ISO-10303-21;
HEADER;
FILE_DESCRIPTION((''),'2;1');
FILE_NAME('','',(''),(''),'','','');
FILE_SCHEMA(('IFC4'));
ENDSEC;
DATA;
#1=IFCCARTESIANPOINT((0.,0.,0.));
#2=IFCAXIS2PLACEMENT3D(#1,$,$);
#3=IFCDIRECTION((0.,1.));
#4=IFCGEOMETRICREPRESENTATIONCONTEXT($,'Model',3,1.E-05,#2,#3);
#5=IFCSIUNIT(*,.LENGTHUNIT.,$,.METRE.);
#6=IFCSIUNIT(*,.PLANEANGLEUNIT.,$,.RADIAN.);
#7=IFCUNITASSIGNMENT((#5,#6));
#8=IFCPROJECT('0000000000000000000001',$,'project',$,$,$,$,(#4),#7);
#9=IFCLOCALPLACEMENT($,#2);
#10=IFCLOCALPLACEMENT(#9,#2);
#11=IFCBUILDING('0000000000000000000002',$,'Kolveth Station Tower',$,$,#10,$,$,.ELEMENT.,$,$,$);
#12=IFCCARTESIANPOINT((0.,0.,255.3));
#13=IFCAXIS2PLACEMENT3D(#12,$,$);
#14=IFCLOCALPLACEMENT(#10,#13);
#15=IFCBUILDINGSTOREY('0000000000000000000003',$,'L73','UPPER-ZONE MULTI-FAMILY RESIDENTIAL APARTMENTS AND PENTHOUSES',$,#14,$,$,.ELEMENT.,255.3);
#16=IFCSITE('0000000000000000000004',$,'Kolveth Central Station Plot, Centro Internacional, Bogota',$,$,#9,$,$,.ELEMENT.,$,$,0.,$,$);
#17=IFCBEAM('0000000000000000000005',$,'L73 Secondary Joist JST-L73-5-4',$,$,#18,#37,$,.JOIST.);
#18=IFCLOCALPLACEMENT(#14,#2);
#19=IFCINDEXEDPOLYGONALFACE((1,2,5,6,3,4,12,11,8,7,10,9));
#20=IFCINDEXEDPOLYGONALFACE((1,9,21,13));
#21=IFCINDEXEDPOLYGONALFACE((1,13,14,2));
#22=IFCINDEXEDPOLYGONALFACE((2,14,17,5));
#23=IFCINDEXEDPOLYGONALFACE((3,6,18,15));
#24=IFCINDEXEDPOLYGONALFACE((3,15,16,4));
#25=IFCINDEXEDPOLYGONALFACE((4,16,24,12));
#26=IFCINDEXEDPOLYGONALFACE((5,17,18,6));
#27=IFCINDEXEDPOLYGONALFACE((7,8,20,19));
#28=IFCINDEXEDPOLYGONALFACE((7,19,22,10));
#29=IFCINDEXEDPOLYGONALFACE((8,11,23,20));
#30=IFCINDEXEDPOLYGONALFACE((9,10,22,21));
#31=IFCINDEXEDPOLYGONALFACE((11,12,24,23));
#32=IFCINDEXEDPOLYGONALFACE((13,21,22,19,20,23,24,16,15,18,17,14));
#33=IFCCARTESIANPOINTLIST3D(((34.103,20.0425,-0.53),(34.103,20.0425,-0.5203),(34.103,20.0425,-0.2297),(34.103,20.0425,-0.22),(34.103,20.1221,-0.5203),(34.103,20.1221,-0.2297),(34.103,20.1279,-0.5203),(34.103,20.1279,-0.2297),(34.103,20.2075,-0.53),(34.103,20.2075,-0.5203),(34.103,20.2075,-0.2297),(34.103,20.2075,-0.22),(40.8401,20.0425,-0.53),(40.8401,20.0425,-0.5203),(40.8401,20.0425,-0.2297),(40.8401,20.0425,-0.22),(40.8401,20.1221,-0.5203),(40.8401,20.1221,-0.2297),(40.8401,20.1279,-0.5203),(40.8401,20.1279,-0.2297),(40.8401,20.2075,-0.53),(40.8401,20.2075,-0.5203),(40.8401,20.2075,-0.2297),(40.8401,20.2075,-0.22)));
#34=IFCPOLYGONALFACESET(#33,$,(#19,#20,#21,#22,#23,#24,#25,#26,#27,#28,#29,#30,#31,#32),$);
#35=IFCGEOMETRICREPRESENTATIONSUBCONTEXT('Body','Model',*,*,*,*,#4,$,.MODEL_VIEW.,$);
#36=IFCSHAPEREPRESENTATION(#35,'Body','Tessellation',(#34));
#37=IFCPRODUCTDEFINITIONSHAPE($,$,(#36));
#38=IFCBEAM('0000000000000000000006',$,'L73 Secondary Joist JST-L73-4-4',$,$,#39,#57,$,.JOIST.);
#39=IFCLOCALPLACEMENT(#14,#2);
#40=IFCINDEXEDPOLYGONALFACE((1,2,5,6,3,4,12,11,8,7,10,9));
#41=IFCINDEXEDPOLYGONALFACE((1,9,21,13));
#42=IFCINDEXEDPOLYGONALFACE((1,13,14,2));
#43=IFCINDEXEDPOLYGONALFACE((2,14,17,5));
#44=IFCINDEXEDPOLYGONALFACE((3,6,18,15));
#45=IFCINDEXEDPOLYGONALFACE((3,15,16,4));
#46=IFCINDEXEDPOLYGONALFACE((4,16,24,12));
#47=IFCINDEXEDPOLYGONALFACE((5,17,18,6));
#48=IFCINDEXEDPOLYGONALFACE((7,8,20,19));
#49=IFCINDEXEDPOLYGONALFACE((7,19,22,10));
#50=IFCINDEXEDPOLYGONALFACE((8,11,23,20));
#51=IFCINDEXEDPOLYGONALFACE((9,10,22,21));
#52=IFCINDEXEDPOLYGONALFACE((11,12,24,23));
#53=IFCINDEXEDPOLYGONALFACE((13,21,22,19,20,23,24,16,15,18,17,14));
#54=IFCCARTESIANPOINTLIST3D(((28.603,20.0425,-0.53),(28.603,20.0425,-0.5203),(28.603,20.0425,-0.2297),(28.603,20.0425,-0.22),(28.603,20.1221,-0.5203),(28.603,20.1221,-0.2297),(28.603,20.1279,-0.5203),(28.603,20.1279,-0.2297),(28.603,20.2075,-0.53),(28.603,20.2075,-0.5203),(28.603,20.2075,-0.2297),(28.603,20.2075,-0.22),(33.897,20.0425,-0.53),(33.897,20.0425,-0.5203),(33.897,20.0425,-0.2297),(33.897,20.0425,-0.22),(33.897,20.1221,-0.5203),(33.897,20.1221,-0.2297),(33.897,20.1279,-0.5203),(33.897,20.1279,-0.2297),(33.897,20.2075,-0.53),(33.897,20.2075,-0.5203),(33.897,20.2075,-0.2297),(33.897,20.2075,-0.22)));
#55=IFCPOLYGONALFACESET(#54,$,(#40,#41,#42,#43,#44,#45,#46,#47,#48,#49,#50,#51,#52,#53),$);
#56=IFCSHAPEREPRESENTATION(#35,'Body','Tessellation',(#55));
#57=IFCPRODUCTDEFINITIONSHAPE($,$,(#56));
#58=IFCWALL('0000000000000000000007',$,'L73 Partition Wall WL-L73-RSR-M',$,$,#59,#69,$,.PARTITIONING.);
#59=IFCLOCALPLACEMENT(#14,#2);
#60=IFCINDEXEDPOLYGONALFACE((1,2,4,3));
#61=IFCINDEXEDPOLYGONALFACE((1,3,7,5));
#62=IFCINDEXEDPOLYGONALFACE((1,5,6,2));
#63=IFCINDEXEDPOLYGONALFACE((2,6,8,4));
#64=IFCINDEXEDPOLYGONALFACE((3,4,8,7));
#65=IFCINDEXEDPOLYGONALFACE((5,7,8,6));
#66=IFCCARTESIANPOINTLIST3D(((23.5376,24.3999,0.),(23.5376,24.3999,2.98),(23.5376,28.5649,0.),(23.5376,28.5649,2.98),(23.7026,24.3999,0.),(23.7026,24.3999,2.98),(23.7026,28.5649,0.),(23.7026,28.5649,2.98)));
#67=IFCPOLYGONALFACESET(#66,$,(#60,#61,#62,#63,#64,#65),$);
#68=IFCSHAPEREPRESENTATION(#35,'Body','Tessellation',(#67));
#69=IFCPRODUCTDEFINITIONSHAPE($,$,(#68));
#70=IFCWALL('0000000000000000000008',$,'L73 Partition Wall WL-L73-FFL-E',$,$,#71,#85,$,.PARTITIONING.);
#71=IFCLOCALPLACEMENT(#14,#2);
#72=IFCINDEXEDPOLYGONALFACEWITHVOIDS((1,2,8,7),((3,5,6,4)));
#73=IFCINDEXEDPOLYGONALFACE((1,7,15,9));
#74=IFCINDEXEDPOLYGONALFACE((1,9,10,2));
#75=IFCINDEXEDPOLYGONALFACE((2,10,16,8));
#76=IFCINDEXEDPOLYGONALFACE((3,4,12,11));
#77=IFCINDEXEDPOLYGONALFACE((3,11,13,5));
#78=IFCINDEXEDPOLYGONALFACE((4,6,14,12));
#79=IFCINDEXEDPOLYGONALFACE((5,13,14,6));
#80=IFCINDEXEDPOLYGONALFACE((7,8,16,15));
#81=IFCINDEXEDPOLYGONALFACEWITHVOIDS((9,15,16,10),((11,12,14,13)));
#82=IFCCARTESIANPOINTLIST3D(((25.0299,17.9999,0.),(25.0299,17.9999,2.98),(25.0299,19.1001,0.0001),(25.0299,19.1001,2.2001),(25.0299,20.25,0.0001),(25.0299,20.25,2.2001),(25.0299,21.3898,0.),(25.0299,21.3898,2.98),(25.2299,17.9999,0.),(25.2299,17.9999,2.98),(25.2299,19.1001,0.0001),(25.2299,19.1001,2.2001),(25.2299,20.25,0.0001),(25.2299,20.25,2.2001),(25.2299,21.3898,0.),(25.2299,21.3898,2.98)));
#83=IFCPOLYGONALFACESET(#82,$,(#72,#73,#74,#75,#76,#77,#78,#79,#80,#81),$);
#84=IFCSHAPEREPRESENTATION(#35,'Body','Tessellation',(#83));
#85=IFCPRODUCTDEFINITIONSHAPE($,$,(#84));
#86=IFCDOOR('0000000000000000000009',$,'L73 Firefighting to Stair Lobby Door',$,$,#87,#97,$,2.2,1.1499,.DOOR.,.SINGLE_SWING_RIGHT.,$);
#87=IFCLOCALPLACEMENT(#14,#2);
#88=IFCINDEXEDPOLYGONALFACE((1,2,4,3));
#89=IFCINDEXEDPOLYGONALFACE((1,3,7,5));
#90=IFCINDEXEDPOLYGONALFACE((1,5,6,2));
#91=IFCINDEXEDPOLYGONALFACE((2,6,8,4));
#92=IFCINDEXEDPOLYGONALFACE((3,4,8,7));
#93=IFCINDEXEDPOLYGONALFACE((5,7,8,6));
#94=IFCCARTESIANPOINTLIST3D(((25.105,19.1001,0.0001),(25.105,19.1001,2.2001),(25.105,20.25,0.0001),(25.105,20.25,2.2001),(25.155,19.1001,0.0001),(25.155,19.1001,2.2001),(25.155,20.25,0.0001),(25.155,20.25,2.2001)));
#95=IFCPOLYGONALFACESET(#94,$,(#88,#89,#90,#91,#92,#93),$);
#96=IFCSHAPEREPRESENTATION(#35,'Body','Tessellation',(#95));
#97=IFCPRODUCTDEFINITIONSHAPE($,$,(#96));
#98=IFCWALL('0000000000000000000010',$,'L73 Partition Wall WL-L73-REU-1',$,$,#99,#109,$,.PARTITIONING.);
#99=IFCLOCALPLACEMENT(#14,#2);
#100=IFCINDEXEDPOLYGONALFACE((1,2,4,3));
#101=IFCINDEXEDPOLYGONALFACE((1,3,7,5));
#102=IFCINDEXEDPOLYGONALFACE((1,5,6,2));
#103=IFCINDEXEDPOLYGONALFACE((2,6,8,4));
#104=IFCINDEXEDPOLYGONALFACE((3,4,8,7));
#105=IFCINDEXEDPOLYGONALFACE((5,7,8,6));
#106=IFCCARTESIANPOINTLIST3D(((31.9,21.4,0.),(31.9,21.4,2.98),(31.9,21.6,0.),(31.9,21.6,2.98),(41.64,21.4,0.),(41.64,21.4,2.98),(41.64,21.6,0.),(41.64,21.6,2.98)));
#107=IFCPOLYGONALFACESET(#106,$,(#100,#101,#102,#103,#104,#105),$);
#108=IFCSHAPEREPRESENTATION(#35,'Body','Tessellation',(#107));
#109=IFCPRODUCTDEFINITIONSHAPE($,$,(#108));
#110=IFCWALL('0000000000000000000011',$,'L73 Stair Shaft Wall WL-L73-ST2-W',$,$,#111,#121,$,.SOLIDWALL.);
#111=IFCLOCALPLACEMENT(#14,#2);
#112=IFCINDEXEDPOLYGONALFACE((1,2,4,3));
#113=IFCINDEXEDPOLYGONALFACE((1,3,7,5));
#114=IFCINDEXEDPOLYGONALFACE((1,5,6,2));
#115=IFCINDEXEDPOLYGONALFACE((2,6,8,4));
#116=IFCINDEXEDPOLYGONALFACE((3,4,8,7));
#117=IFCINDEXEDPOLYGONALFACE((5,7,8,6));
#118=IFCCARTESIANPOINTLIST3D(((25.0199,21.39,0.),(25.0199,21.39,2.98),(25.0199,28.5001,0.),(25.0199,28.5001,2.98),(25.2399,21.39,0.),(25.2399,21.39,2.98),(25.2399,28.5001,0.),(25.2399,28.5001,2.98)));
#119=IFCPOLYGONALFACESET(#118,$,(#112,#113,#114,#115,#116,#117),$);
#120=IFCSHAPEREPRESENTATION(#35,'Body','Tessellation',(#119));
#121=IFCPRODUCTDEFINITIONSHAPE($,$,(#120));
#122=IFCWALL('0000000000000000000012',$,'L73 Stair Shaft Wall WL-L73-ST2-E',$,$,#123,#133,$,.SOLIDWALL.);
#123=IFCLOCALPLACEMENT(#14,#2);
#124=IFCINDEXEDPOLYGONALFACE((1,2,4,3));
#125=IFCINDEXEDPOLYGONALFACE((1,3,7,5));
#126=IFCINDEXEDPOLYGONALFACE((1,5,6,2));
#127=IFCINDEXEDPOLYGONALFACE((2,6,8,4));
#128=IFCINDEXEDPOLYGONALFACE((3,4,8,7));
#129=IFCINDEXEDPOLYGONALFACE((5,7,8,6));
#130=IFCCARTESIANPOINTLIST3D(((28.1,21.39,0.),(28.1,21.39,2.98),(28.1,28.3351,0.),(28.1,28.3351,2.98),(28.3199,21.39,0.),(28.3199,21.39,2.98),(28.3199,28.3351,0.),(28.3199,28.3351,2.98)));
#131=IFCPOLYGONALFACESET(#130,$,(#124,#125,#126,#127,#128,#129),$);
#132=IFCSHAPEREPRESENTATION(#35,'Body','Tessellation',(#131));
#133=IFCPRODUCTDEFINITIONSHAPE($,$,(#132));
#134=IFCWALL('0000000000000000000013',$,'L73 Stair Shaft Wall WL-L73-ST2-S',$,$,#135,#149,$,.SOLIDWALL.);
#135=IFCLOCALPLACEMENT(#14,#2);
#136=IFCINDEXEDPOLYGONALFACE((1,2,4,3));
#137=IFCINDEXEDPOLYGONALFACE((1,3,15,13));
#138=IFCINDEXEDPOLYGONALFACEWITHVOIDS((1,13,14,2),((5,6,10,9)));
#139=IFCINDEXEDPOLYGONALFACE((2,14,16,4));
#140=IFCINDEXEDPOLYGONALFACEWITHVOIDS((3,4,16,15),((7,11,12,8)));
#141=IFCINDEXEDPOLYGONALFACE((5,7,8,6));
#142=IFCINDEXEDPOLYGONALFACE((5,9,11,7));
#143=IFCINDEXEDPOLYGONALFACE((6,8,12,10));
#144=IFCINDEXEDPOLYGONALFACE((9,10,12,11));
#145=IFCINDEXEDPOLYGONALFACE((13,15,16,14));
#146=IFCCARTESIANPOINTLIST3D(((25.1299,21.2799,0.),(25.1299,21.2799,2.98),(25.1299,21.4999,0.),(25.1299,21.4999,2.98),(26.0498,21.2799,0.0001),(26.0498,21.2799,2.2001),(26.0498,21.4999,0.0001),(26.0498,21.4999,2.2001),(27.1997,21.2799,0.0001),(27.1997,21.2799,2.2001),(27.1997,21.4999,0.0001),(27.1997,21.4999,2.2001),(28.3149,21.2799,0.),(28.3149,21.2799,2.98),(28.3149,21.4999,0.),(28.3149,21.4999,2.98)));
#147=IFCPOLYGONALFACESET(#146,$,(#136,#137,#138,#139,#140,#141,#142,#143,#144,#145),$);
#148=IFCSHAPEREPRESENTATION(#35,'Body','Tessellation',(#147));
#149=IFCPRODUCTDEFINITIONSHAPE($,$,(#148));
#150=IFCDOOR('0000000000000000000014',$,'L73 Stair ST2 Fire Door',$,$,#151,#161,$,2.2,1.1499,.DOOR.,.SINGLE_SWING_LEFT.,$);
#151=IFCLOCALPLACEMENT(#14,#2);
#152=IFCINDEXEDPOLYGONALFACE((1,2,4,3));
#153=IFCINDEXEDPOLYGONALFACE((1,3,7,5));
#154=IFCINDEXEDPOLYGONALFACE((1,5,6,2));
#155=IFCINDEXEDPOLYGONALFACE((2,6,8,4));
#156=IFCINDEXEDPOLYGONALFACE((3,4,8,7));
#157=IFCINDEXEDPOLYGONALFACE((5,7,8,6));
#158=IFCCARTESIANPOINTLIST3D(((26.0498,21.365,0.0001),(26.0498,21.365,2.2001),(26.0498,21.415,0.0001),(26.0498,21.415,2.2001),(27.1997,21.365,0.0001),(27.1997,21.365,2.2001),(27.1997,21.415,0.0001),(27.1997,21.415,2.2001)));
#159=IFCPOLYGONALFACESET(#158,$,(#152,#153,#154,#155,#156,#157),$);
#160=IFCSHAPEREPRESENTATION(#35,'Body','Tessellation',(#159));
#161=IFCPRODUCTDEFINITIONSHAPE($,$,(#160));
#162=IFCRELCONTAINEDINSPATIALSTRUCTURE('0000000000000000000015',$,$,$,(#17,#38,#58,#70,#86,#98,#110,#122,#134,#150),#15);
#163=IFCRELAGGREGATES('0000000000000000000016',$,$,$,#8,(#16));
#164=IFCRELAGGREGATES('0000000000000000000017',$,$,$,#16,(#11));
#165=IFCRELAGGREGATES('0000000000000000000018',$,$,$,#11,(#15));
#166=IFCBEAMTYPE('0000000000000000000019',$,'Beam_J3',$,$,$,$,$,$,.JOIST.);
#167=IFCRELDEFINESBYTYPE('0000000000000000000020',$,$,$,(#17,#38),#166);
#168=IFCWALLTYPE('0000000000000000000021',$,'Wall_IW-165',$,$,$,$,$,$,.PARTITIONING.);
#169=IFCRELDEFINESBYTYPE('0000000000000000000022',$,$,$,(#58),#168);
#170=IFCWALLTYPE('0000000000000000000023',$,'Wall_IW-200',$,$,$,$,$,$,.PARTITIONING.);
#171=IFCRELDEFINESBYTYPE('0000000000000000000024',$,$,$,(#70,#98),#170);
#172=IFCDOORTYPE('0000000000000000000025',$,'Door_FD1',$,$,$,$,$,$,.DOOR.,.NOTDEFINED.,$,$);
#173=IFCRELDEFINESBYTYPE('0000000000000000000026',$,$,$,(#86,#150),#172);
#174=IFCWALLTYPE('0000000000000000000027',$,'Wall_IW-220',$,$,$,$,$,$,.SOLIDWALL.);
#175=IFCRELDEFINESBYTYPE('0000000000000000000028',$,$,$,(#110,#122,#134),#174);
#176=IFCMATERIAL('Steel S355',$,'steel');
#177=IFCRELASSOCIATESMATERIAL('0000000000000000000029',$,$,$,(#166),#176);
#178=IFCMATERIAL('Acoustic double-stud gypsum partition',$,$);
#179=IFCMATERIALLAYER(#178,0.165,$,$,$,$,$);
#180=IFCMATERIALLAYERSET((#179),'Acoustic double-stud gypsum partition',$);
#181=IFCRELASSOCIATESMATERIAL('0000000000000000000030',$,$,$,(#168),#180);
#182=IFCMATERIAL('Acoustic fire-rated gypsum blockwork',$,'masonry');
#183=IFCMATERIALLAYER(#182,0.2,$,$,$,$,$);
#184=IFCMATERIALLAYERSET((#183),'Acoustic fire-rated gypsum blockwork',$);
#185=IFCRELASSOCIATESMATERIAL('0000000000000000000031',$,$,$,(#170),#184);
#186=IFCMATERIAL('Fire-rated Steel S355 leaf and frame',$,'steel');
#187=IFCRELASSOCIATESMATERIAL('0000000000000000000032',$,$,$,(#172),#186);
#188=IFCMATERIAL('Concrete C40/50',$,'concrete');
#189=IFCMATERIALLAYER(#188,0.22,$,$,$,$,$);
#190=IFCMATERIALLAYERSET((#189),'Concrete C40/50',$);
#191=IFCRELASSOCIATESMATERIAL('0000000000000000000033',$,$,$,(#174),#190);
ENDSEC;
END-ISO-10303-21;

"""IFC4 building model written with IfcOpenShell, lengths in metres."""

from ifc_helpers import new_model, si_unit, direction, frame, frame_2d, origin, origin_2d, place, context, subcontext, project, spatial, rectangle, i_section, extrude, source, transform, mapped, material, layer, layer_set, material_profile, profile_set, type_object, element, fill, save


model = new_model("IFC4")

# Units and contexts
model_context = context("Model", 3, precision=1e-05, world=origin(), true_north=direction((0.0, 1.0)))
body_context = subcontext(model_context, "Body", "Model", "MODEL_VIEW")
ifc_project = project(units=[si_unit("LENGTHUNIT", "METRE"), si_unit("PLANEANGLEUNIT", "RADIAN")], contexts=[model_context])

# Site, building, storey
site_placement = place(None, origin())
site = spatial("IfcSite", under=ifc_project, at=site_placement, Name="Kolveth Central Station Plot, Centro Internacional, Bogota", CompositionType="ELEMENT", RefElevation=0.0)
building_placement = place(site_placement, origin())
building = spatial("IfcBuilding", under=site, at=building_placement, Name="Kolveth Station Tower", CompositionType="ELEMENT")
storey_placement = place(building_placement, frame((0.0, 0.0, 255.3)))
storey = spatial("IfcBuildingStorey", under=building, at=storey_placement, Name="L73", Description="UPPER-ZONE MULTI-FAMILY RESIDENTIAL APARTMENTS AND PENTHOUSES", CompositionType="ELEMENT", Elevation=255.3)

# Shared definitions
ifc_material_1 = material(Name="Steel S355", Category="steel")

# Beams
ifc_material_profile_1 = material_profile(ifc_material_1, i_section(OverallWidth=0.165, OverallDepth=0.3101, WebThickness=0.0059, FlangeThickness=0.0098, at=origin_2d()), Name="W310x39")
ifc_profile_set_1 = profile_set([ifc_material_profile_1], Name="Steel S355")
beam_type_1 = type_object("IfcBeamType", Name="Beam_J3", PredefinedType="JOIST", material=ifc_profile_set_1)
shared_shape_1 = source(origin(), body_context, "Body", "SweptSolid", [
    extrude(i_section(OverallWidth=0.165, OverallDepth=0.3101, WebThickness=0.0059, FlangeThickness=0.0098, at=origin_2d()), origin(), (0.0, 0.0, 1.0), 6.7371),
])
beam_1_placement = place(storey_placement, frame((34.103, 20.125, -0.375), z_axis=(1.0, 0.0, 0.0), x_axis=(0.0, 1.0, 0.0)))
element("IfcBeam", 1, at=beam_1_placement, inside=storey, type_object=beam_type_1, Name="L73 Secondary Joist JST-L73-5-4", PredefinedType="JOIST", context=body_context, shape_type="MappedRepresentation", body=[
    mapped(shared_shape_1, transform((0.0, 0.0, 0.0), x_axis=(1.0, 0.0, 0.0), y_axis=(0.0, 1.0, 0.0), z_axis=(0.0, 0.0, 1.0), scale=1.0)),
])
shared_shape_2 = source(origin(), body_context, "Body", "SweptSolid", [
    extrude(i_section(OverallWidth=0.165, OverallDepth=0.3101, WebThickness=0.0059, FlangeThickness=0.0098, at=origin_2d()), origin(), (0.0, 0.0, 1.0), 5.2939),
])
beam_2_placement = place(storey_placement, frame((28.603, 20.125, -0.375), z_axis=(1.0, 0.0, 0.0), x_axis=(0.0, 1.0, 0.0)))
element("IfcBeam", 2, at=beam_2_placement, inside=storey, type_object=beam_type_1, Name="L73 Secondary Joist JST-L73-4-4", PredefinedType="JOIST", context=body_context, shape_type="MappedRepresentation", body=[
    mapped(shared_shape_2, transform((0.0, 0.0, 0.0), x_axis=(1.0, 0.0, 0.0), y_axis=(0.0, 1.0, 0.0), z_axis=(0.0, 0.0, 1.0), scale=1.0)),
])

# Wall
ifc_material_2 = material(Name="Acoustic double-stud gypsum partition")
ifc_layer_1 = layer(ifc_material_2, 0.165)
ifc_layer_set_1 = layer_set([ifc_layer_1], Name="Acoustic double-stud gypsum partition")
wall_type_1 = type_object("IfcWallType", Name="Wall_IW-165", PredefinedType="PARTITIONING", material=ifc_layer_set_1)
wall_1_placement = place(storey_placement, frame((23.6201, 24.3999, 0.0), z_axis=(0.0, 0.0, 1.0), x_axis=(0.0, 1.0, 0.0)))
element("IfcWall", 3, at=wall_1_placement, inside=storey, type_object=wall_type_1, Name="L73 Partition Wall WL-L73-RSR-M", PredefinedType="PARTITIONING", context=body_context, shape_type="SweptSolid", body=[
    extrude(rectangle(XDim=4.165, YDim=0.165, at=frame_2d((2.0825, 0.0))), origin(), (0.0, 0.0, 1.0), 2.98),
])

# Wall, opening, door
ifc_material_3 = material(Name="Acoustic fire-rated gypsum blockwork", Category="masonry")
ifc_layer_2 = layer(ifc_material_3, 0.2)
ifc_layer_set_2 = layer_set([ifc_layer_2], Name="Acoustic fire-rated gypsum blockwork")
wall_type_2 = type_object("IfcWallType", Name="Wall_IW-200", PredefinedType="PARTITIONING", material=ifc_layer_set_2)
wall_2_placement = place(storey_placement, frame((25.1299, 18.0, 0.0), z_axis=(0.0, 0.0, 1.0), x_axis=(0.0, 1.0, 0.0)))
wall_2 = element("IfcWall", 4, at=wall_2_placement, inside=storey, type_object=wall_type_2, Name="L73 Partition Wall WL-L73-FFL-E", PredefinedType="PARTITIONING", context=body_context, shape_type="SweptSolid", body=[
    extrude(rectangle(XDim=3.3899, YDim=0.2, at=frame_2d((1.6948, 0.0))), origin(), (0.0, 0.0, 1.0), 2.98),
])
opening_1_placement = place(wall_2_placement, frame((1.1001, 0.0, 0.0)))
opening_1 = element("IfcOpeningElement", 5, at=opening_1_placement, cuts=wall_2, PredefinedType="OPENING", context=body_context, shape_type="SweptSolid", body=[
    extrude(rectangle(XDim=1.1499, YDim=2.2, at=frame_2d((0.575, 1.1001))), frame((0.0, 0.1099, 0.0), z_axis=(0.0, -1.0, 0.0), x_axis=(1.0, 0.0, 0.0)), (0.0, 0.0, 1.0), 0.22),
])
ifc_material_4 = material(Name="Fire-rated Steel S355 leaf and frame", Category="steel")
door_type = type_object("IfcDoorType", Name="Door_FD1", OperationType="NOTDEFINED", PredefinedType="DOOR", material=ifc_material_4)
door_1_placement = place(opening_1_placement, origin())
door_1 = element("IfcDoor", 6, at=door_1_placement, inside=storey, type_object=door_type, Name="L73 Firefighting to Stair Lobby Door", OperationType="SINGLE_SWING_RIGHT", OverallHeight=2.2, OverallWidth=1.1499, PredefinedType="DOOR", context=body_context, shape_type="SweptSolid", body=[
    extrude(rectangle(XDim=1.1499, YDim=2.2, at=frame_2d((0.575, 1.1001))), frame((0.0, 0.0249, 0.0), z_axis=(0.0, -1.0, 0.0), x_axis=(1.0, 0.0, 0.0)), (0.0, 0.0, 1.0), 0.05),
])
fill(opening_1, door_1)

# Walls
wall_3_placement = place(storey_placement, frame((31.8999, 21.5, 0.0), z_axis=(0.0, 0.0, 1.0), x_axis=(1.0, 0.0, 0.0)))
element("IfcWall", 7, at=wall_3_placement, inside=storey, type_object=wall_type_2, Name="L73 Partition Wall WL-L73-REU-1", PredefinedType="PARTITIONING", context=body_context, shape_type="SweptSolid", body=[
    extrude(rectangle(XDim=9.74, YDim=0.2, at=frame_2d((4.8701, 0.0))), origin(), (0.0, 0.0, 1.0), 2.98),
])
ifc_material_5 = material(Name="Concrete C40/50", Category="concrete")
ifc_layer_3 = layer(ifc_material_5, 0.22)
ifc_layer_set_3 = layer_set([ifc_layer_3], Name="Concrete C40/50")
wall_type_3 = type_object("IfcWallType", Name="Wall_IW-220", PredefinedType="SOLIDWALL", material=ifc_layer_set_3)
wall_4_placement = place(storey_placement, frame((25.1299, 21.3899, 0.0), z_axis=(0.0, 0.0, 1.0), x_axis=(0.0, 1.0, 0.0)))
element("IfcWall", 8, at=wall_4_placement, inside=storey, type_object=wall_type_3, Name="L73 Stair Shaft Wall WL-L73-ST2-W", PredefinedType="SOLIDWALL", context=body_context, shape_type="SweptSolid", body=[
    extrude(rectangle(XDim=7.1101, YDim=0.22, at=frame_2d((3.5552, 0.0))), origin(), (0.0, 0.0, 1.0), 2.98),
])
wall_5_placement = place(storey_placement, frame((28.21, 21.3899, 0.0), z_axis=(0.0, 0.0, 1.0), x_axis=(0.0, 1.0, 0.0)))
element("IfcWall", 9, at=wall_5_placement, inside=storey, type_object=wall_type_3, Name="L73 Stair Shaft Wall WL-L73-ST2-E", PredefinedType="SOLIDWALL", context=body_context, shape_type="SweptSolid", body=[
    extrude(rectangle(XDim=6.9451, YDim=0.22, at=frame_2d((3.4727, 0.0))), origin(), (0.0, 0.0, 1.0), 2.98),
])

# Wall, opening, door
wall_6_placement = place(storey_placement, frame((25.1299, 21.3899, 0.0), z_axis=(0.0, 0.0, 1.0), x_axis=(1.0, 0.0, 0.0)))
wall_6 = element("IfcWall", 10, at=wall_6_placement, inside=storey, type_object=wall_type_3, Name="L73 Stair Shaft Wall WL-L73-ST2-S", PredefinedType="SOLIDWALL", context=body_context, shape_type="SweptSolid", body=[
    extrude(rectangle(XDim=3.1851, YDim=0.22, at=frame_2d((1.5925, 0.0))), origin(), (0.0, 0.0, 1.0), 2.98),
])
opening_2_placement = place(wall_6_placement, frame((0.9199, 0.0, 0.0)))
opening_2 = element("IfcOpeningElement", 11, at=opening_2_placement, cuts=wall_6, PredefinedType="OPENING", context=body_context, shape_type="SweptSolid", body=[
    extrude(rectangle(XDim=1.1499, YDim=2.2, at=frame_2d((0.575, 1.1001))), frame((0.0, 0.1199, 0.0), z_axis=(0.0, -1.0, 0.0), x_axis=(1.0, 0.0, 0.0)), (0.0, 0.0, 1.0), 0.24),
])
door_2_placement = place(opening_2_placement, frame((1.1499, 0.0, 0.0), z_axis=(0.0, 0.0, 1.0), x_axis=(-1.0, 0.0, 0.0)))
door_2 = element("IfcDoor", 12, at=door_2_placement, inside=storey, type_object=door_type, Name="L73 Stair ST2 Fire Door", OperationType="SINGLE_SWING_LEFT", OverallHeight=2.2, OverallWidth=1.1499, PredefinedType="DOOR", context=body_context, shape_type="SweptSolid", body=[
    extrude(rectangle(XDim=1.1499, YDim=2.2, at=frame_2d((0.575, 1.1001))), frame((0.0, 0.0249, 0.0), z_axis=(0.0, -1.0, 0.0), x_axis=(1.0, 0.0, 0.0)), (0.0, 0.0, 1.0), 0.05),
])
fill(opening_2, door_2)

save(model, "model.ifc")
